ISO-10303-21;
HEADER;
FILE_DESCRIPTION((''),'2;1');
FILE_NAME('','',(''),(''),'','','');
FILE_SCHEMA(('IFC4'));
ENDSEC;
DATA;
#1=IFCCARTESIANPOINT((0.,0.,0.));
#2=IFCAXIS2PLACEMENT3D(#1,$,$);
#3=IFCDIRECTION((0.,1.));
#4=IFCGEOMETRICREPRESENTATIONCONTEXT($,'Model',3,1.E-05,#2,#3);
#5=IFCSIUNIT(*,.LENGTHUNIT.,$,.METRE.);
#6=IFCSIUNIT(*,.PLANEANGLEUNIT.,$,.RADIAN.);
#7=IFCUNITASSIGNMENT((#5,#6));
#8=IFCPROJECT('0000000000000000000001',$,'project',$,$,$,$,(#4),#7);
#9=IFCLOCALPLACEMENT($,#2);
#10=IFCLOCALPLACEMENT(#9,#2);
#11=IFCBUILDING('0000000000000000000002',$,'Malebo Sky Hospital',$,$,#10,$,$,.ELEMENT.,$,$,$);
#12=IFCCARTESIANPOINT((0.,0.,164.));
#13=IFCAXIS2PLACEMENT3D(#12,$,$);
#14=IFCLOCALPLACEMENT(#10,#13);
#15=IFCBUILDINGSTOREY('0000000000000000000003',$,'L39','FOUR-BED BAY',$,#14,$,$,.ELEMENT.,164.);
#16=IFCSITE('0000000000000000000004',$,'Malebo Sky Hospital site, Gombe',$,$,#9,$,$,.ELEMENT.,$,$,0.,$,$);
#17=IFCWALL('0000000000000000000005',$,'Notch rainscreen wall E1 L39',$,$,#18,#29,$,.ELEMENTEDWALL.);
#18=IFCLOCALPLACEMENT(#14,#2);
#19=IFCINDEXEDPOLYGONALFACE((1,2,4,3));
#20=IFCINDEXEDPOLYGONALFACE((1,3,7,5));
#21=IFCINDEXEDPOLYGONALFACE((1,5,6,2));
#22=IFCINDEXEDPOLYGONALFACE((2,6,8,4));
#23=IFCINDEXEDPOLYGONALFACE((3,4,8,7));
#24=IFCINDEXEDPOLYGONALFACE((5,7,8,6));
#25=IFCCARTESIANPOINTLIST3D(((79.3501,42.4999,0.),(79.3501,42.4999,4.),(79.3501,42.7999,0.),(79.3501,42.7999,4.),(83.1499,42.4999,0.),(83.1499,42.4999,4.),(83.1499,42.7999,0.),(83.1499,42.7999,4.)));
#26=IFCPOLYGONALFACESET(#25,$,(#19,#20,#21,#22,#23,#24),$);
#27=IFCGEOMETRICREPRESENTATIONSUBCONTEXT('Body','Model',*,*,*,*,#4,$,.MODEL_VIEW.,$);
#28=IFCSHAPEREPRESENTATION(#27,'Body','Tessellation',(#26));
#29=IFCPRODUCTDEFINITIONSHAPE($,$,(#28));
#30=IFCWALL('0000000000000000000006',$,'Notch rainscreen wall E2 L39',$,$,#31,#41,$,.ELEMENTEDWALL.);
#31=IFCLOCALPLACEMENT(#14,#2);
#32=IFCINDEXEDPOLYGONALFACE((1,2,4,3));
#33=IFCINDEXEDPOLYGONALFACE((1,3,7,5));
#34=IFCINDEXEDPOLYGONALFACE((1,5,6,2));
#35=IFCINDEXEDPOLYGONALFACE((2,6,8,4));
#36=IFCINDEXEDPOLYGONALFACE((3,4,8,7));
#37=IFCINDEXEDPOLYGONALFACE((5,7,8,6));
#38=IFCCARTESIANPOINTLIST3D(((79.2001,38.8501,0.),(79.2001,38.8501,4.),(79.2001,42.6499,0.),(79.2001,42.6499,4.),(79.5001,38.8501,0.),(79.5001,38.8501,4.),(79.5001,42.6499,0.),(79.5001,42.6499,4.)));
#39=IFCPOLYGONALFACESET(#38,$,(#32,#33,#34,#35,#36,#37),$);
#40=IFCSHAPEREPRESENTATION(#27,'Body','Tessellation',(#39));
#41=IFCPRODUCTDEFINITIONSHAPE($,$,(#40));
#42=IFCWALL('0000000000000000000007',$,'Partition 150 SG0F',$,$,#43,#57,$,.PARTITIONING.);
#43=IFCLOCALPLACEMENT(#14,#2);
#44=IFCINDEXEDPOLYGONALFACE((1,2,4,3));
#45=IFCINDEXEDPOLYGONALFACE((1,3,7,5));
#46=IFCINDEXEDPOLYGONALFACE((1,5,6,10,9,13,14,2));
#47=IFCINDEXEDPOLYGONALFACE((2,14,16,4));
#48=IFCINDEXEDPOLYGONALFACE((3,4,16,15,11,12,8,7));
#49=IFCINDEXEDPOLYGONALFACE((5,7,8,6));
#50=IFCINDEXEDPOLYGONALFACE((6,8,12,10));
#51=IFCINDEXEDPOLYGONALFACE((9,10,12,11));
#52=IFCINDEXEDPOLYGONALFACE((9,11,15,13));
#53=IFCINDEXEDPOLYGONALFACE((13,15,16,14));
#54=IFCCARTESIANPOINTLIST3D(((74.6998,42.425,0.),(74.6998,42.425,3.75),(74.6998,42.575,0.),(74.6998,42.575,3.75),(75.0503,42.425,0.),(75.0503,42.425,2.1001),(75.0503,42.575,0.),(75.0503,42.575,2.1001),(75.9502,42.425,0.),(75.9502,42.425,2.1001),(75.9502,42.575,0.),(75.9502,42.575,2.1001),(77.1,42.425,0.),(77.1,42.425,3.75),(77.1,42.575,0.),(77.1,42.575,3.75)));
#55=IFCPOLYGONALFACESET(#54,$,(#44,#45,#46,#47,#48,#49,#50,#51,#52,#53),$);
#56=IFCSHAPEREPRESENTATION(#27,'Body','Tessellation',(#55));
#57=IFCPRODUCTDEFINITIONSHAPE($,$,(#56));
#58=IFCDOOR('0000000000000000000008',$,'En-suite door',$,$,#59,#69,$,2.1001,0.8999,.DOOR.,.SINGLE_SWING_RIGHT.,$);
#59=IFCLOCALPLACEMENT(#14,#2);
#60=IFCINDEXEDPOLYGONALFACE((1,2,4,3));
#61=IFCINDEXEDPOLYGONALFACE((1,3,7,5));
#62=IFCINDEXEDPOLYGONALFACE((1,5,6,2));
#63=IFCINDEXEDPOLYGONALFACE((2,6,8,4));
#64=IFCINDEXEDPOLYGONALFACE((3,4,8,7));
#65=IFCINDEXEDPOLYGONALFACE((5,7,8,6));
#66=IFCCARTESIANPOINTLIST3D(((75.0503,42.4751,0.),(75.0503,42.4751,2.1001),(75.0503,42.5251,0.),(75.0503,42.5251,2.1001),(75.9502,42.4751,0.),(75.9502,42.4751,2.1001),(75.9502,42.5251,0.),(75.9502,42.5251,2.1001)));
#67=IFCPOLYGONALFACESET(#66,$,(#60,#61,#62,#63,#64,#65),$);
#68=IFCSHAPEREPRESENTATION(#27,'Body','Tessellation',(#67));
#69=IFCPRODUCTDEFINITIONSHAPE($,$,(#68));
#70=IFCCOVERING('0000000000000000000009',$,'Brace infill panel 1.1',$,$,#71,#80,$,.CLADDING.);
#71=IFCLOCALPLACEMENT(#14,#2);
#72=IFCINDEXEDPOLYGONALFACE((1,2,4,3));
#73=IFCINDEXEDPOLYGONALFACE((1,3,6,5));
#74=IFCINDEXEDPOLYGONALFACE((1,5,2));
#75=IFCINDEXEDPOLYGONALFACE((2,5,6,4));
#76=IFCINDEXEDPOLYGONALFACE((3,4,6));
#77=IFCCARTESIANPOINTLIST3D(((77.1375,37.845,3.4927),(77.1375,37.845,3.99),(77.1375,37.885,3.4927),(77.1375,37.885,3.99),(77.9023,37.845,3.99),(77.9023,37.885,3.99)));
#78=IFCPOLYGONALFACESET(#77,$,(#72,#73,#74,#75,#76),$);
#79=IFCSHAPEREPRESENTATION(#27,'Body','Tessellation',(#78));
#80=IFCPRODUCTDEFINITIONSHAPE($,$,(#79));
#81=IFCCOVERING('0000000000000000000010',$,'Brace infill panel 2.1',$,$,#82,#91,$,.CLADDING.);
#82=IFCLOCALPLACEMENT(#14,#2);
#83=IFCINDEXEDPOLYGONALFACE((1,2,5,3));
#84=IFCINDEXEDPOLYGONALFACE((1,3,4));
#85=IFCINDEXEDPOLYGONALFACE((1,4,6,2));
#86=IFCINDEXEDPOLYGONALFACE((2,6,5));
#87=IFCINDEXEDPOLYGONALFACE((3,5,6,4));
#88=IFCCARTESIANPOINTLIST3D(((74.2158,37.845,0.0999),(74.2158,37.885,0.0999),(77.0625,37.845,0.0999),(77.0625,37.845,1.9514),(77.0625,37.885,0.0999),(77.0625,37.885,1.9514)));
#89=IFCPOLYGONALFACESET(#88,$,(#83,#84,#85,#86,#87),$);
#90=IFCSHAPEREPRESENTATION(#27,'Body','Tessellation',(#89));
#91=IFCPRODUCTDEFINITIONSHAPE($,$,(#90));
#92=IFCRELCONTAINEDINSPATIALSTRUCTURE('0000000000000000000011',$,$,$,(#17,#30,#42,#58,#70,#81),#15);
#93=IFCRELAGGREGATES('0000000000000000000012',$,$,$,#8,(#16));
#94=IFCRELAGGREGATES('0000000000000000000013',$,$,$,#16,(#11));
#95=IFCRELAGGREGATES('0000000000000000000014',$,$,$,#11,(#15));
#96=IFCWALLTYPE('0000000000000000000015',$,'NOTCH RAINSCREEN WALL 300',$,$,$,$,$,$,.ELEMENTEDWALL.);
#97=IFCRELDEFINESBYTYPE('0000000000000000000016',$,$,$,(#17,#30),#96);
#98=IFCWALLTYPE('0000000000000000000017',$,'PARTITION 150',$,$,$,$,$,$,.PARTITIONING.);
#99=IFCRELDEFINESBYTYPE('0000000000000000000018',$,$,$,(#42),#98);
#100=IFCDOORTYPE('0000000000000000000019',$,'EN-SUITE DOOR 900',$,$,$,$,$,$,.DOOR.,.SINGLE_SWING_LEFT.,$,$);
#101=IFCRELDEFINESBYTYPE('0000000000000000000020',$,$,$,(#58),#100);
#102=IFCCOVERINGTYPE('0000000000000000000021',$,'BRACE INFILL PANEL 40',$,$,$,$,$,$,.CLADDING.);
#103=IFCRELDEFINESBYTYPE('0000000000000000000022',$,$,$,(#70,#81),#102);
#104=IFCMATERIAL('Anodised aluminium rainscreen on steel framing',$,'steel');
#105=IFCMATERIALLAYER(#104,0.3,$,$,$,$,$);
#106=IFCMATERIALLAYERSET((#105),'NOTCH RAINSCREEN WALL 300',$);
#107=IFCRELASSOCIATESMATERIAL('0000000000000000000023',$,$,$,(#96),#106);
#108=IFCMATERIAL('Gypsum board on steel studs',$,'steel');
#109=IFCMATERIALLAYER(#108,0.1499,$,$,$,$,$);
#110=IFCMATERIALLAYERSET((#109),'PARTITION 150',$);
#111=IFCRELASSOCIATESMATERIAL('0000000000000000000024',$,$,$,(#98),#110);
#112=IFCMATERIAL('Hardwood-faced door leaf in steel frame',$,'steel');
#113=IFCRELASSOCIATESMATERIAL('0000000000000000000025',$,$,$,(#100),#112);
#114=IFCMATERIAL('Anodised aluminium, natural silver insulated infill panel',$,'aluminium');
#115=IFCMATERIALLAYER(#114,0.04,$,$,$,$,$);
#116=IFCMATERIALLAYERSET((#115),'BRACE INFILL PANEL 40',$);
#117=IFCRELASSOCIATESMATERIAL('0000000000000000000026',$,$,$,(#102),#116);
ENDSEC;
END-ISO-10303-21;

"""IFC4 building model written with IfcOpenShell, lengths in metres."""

from ifc_helpers import new_model, si_unit, direction, frame, frame_2d, origin, place, context, subcontext, project, spatial, polyline, rectangle, outline, extrude, material, layer, layer_set, type_object, element, fill, save


model = new_model("IFC4")

# Units and contexts
model_context = context("Model", 3, precision=1e-05, world=origin(), true_north=direction((0.0, 1.0)))
body_context = subcontext(model_context, "Body", "Model", "MODEL_VIEW")
ifc_project = project(units=[si_unit("LENGTHUNIT", "METRE"), si_unit("PLANEANGLEUNIT", "RADIAN")], contexts=[model_context])

# Site, building, storey
site_placement = place(None, origin())
site = spatial("IfcSite", under=ifc_project, at=site_placement, Name="Malebo Sky Hospital site, Gombe", CompositionType="ELEMENT", RefElevation=0.0)
building_placement = place(site_placement, origin())
building = spatial("IfcBuilding", under=site, at=building_placement, Name="Malebo Sky Hospital", CompositionType="ELEMENT")
storey_placement = place(building_placement, frame((0.0, 0.0, 164.0)))
storey = spatial("IfcBuildingStorey", under=building, at=storey_placement, Name="L39", Description="FOUR-BED BAY", CompositionType="ELEMENT", Elevation=164.0)

# Walls
ifc_material_1 = material(Name="Anodised aluminium rainscreen on steel framing", Category="steel")
ifc_layer_1 = layer(ifc_material_1, 0.3)
ifc_layer_set_1 = layer_set([ifc_layer_1], Name="NOTCH RAINSCREEN WALL 300")
wall_type_1 = type_object("IfcWallType", Name="NOTCH RAINSCREEN WALL 300", PredefinedType="ELEMENTEDWALL", material=ifc_layer_set_1)
for number, where, z_axis, x_axis, name in (
    (1, (83.1499, 42.6499, 0.0), (0.0, 0.0, 1.0), (-1.0, 0.0, 0.0), "Notch rainscreen wall E1 L39"),
    (2, (79.3501, 42.6499, 0.0), (0.0, 0.0, 1.0), (0.0, -1.0, 0.0), "Notch rainscreen wall E2 L39"),
):
    element("IfcWall", number, at=place(storey_placement, frame(where, z_axis=z_axis, x_axis=x_axis)), inside=storey, type_object=wall_type_1, Name=name, PredefinedType="ELEMENTEDWALL", context=body_context, shape_type="SweptSolid", body=[
        extrude(rectangle(XDim=3.7998, YDim=0.3, at=frame_2d((1.8999, 0.0))), origin(), (0.0, 0.0, 1.0), 4.0),
    ])

# Wall, opening, door
ifc_material_2 = material(Name="Gypsum board on steel studs", Category="steel")
ifc_layer_2 = layer(ifc_material_2, 0.1499)
ifc_layer_set_2 = layer_set([ifc_layer_2], Name="PARTITION 150")
wall_type_2 = type_object("IfcWallType", Name="PARTITION 150", PredefinedType="PARTITIONING", material=ifc_layer_set_2)
wall_placement = place(storey_placement, frame((77.1001, 42.5, 0.0), z_axis=(0.0, 0.0, 1.0), x_axis=(-1.0, 0.0, 0.0)))
wall = element("IfcWall", 3, at=wall_placement, inside=storey, type_object=wall_type_2, Name="Partition 150 SG0F", PredefinedType="PARTITIONING", context=body_context, shape_type="SweptSolid", body=[
    extrude(rectangle(XDim=2.4001, YDim=0.1499, at=frame_2d((1.2002, 0.0))), origin(), (0.0, 0.0, 1.0), 3.75),
])
opening_placement = place(wall_placement, frame((1.1499, 0.0, 0.0)))
opening = element("IfcOpeningElement", 4, at=opening_placement, cuts=wall, PredefinedType="OPENING", context=body_context, shape_type="SweptSolid", body=[
    extrude(rectangle(XDim=0.8999, YDim=2.1001, at=frame_2d((0.45, 1.05))), frame((0.0, 0.085, 0.0), z_axis=(0.0, -1.0, 0.0), x_axis=(1.0, 0.0, 0.0)), (0.0, 0.0, 1.0), 0.1699),
])
ifc_material_3 = material(Name="Hardwood-faced door leaf in steel frame", Category="steel")
door_type = type_object("IfcDoorType", Name="EN-SUITE DOOR 900", OperationType="SINGLE_SWING_LEFT", PredefinedType="DOOR", material=ifc_material_3)
door_placement = place(opening_placement, origin())
door = element("IfcDoor", 5, at=door_placement, inside=storey, type_object=door_type, Name="En-suite door", OperationType="SINGLE_SWING_RIGHT", OverallHeight=2.1001, OverallWidth=0.8999, PredefinedType="DOOR", context=body_context, shape_type="SweptSolid", body=[
    extrude(rectangle(XDim=0.8999, YDim=2.1001, at=frame_2d((0.45, 1.05))), frame((0.0, 0.0249, 0.0), z_axis=(0.0, -1.0, 0.0), x_axis=(1.0, 0.0, 0.0)), (0.0, 0.0, 1.0), 0.05),
])
fill(opening, door)

# Coverings
ifc_material_4 = material(Name="Anodised aluminium, natural silver insulated infill panel", Category="aluminium")
ifc_layer_3 = layer(ifc_material_4, 0.04)
ifc_layer_set_3 = layer_set([ifc_layer_3], Name="BRACE INFILL PANEL 40")
covering_type = type_object("IfcCoveringType", Name="BRACE INFILL PANEL 40", PredefinedType="CLADDING", material=ifc_layer_set_3)
covering_1_placement = place(storey_placement, frame((77.5198, 37.865, 3.4927), z_axis=(0.0, 0.0, 1.0), x_axis=(-1.0, 0.0, 0.0)))
element("IfcCovering", 6, at=covering_1_placement, inside=storey, type_object=covering_type, Name="Brace infill panel 1.1", PredefinedType="CLADDING", context=body_context, shape_type="SweptSolid", body=[
    extrude(outline(polyline([(0.3823, 0.0), (0.3823, 0.4973), (-0.3826, 0.4973), (0.3823, 0.0)])), frame((0.0, 0.02, 0.0), z_axis=(0.0, -1.0, 0.0), x_axis=(1.0, 0.0, 0.0)), (0.0, 0.0, 1.0), 0.04),
])
covering_2_placement = place(storey_placement, frame((75.6392, 37.865, 0.0999), z_axis=(0.0, 0.0, 1.0), x_axis=(-1.0, 0.0, 0.0)))
element("IfcCovering", 7, at=covering_2_placement, inside=storey, type_object=covering_type, Name="Brace infill panel 2.1", PredefinedType="CLADDING", context=body_context, shape_type="SweptSolid", body=[
    extrude(outline(polyline([(-1.4233, 0.0), (1.4233, 0.0), (-1.4233, 1.8516), (-1.4233, 0.0)])), frame((0.0, 0.02, 0.0), z_axis=(0.0, -1.0, 0.0), x_axis=(1.0, 0.0, 0.0)), (0.0, 0.0, 1.0), 0.04),
])

save(model, "model.ifc")
